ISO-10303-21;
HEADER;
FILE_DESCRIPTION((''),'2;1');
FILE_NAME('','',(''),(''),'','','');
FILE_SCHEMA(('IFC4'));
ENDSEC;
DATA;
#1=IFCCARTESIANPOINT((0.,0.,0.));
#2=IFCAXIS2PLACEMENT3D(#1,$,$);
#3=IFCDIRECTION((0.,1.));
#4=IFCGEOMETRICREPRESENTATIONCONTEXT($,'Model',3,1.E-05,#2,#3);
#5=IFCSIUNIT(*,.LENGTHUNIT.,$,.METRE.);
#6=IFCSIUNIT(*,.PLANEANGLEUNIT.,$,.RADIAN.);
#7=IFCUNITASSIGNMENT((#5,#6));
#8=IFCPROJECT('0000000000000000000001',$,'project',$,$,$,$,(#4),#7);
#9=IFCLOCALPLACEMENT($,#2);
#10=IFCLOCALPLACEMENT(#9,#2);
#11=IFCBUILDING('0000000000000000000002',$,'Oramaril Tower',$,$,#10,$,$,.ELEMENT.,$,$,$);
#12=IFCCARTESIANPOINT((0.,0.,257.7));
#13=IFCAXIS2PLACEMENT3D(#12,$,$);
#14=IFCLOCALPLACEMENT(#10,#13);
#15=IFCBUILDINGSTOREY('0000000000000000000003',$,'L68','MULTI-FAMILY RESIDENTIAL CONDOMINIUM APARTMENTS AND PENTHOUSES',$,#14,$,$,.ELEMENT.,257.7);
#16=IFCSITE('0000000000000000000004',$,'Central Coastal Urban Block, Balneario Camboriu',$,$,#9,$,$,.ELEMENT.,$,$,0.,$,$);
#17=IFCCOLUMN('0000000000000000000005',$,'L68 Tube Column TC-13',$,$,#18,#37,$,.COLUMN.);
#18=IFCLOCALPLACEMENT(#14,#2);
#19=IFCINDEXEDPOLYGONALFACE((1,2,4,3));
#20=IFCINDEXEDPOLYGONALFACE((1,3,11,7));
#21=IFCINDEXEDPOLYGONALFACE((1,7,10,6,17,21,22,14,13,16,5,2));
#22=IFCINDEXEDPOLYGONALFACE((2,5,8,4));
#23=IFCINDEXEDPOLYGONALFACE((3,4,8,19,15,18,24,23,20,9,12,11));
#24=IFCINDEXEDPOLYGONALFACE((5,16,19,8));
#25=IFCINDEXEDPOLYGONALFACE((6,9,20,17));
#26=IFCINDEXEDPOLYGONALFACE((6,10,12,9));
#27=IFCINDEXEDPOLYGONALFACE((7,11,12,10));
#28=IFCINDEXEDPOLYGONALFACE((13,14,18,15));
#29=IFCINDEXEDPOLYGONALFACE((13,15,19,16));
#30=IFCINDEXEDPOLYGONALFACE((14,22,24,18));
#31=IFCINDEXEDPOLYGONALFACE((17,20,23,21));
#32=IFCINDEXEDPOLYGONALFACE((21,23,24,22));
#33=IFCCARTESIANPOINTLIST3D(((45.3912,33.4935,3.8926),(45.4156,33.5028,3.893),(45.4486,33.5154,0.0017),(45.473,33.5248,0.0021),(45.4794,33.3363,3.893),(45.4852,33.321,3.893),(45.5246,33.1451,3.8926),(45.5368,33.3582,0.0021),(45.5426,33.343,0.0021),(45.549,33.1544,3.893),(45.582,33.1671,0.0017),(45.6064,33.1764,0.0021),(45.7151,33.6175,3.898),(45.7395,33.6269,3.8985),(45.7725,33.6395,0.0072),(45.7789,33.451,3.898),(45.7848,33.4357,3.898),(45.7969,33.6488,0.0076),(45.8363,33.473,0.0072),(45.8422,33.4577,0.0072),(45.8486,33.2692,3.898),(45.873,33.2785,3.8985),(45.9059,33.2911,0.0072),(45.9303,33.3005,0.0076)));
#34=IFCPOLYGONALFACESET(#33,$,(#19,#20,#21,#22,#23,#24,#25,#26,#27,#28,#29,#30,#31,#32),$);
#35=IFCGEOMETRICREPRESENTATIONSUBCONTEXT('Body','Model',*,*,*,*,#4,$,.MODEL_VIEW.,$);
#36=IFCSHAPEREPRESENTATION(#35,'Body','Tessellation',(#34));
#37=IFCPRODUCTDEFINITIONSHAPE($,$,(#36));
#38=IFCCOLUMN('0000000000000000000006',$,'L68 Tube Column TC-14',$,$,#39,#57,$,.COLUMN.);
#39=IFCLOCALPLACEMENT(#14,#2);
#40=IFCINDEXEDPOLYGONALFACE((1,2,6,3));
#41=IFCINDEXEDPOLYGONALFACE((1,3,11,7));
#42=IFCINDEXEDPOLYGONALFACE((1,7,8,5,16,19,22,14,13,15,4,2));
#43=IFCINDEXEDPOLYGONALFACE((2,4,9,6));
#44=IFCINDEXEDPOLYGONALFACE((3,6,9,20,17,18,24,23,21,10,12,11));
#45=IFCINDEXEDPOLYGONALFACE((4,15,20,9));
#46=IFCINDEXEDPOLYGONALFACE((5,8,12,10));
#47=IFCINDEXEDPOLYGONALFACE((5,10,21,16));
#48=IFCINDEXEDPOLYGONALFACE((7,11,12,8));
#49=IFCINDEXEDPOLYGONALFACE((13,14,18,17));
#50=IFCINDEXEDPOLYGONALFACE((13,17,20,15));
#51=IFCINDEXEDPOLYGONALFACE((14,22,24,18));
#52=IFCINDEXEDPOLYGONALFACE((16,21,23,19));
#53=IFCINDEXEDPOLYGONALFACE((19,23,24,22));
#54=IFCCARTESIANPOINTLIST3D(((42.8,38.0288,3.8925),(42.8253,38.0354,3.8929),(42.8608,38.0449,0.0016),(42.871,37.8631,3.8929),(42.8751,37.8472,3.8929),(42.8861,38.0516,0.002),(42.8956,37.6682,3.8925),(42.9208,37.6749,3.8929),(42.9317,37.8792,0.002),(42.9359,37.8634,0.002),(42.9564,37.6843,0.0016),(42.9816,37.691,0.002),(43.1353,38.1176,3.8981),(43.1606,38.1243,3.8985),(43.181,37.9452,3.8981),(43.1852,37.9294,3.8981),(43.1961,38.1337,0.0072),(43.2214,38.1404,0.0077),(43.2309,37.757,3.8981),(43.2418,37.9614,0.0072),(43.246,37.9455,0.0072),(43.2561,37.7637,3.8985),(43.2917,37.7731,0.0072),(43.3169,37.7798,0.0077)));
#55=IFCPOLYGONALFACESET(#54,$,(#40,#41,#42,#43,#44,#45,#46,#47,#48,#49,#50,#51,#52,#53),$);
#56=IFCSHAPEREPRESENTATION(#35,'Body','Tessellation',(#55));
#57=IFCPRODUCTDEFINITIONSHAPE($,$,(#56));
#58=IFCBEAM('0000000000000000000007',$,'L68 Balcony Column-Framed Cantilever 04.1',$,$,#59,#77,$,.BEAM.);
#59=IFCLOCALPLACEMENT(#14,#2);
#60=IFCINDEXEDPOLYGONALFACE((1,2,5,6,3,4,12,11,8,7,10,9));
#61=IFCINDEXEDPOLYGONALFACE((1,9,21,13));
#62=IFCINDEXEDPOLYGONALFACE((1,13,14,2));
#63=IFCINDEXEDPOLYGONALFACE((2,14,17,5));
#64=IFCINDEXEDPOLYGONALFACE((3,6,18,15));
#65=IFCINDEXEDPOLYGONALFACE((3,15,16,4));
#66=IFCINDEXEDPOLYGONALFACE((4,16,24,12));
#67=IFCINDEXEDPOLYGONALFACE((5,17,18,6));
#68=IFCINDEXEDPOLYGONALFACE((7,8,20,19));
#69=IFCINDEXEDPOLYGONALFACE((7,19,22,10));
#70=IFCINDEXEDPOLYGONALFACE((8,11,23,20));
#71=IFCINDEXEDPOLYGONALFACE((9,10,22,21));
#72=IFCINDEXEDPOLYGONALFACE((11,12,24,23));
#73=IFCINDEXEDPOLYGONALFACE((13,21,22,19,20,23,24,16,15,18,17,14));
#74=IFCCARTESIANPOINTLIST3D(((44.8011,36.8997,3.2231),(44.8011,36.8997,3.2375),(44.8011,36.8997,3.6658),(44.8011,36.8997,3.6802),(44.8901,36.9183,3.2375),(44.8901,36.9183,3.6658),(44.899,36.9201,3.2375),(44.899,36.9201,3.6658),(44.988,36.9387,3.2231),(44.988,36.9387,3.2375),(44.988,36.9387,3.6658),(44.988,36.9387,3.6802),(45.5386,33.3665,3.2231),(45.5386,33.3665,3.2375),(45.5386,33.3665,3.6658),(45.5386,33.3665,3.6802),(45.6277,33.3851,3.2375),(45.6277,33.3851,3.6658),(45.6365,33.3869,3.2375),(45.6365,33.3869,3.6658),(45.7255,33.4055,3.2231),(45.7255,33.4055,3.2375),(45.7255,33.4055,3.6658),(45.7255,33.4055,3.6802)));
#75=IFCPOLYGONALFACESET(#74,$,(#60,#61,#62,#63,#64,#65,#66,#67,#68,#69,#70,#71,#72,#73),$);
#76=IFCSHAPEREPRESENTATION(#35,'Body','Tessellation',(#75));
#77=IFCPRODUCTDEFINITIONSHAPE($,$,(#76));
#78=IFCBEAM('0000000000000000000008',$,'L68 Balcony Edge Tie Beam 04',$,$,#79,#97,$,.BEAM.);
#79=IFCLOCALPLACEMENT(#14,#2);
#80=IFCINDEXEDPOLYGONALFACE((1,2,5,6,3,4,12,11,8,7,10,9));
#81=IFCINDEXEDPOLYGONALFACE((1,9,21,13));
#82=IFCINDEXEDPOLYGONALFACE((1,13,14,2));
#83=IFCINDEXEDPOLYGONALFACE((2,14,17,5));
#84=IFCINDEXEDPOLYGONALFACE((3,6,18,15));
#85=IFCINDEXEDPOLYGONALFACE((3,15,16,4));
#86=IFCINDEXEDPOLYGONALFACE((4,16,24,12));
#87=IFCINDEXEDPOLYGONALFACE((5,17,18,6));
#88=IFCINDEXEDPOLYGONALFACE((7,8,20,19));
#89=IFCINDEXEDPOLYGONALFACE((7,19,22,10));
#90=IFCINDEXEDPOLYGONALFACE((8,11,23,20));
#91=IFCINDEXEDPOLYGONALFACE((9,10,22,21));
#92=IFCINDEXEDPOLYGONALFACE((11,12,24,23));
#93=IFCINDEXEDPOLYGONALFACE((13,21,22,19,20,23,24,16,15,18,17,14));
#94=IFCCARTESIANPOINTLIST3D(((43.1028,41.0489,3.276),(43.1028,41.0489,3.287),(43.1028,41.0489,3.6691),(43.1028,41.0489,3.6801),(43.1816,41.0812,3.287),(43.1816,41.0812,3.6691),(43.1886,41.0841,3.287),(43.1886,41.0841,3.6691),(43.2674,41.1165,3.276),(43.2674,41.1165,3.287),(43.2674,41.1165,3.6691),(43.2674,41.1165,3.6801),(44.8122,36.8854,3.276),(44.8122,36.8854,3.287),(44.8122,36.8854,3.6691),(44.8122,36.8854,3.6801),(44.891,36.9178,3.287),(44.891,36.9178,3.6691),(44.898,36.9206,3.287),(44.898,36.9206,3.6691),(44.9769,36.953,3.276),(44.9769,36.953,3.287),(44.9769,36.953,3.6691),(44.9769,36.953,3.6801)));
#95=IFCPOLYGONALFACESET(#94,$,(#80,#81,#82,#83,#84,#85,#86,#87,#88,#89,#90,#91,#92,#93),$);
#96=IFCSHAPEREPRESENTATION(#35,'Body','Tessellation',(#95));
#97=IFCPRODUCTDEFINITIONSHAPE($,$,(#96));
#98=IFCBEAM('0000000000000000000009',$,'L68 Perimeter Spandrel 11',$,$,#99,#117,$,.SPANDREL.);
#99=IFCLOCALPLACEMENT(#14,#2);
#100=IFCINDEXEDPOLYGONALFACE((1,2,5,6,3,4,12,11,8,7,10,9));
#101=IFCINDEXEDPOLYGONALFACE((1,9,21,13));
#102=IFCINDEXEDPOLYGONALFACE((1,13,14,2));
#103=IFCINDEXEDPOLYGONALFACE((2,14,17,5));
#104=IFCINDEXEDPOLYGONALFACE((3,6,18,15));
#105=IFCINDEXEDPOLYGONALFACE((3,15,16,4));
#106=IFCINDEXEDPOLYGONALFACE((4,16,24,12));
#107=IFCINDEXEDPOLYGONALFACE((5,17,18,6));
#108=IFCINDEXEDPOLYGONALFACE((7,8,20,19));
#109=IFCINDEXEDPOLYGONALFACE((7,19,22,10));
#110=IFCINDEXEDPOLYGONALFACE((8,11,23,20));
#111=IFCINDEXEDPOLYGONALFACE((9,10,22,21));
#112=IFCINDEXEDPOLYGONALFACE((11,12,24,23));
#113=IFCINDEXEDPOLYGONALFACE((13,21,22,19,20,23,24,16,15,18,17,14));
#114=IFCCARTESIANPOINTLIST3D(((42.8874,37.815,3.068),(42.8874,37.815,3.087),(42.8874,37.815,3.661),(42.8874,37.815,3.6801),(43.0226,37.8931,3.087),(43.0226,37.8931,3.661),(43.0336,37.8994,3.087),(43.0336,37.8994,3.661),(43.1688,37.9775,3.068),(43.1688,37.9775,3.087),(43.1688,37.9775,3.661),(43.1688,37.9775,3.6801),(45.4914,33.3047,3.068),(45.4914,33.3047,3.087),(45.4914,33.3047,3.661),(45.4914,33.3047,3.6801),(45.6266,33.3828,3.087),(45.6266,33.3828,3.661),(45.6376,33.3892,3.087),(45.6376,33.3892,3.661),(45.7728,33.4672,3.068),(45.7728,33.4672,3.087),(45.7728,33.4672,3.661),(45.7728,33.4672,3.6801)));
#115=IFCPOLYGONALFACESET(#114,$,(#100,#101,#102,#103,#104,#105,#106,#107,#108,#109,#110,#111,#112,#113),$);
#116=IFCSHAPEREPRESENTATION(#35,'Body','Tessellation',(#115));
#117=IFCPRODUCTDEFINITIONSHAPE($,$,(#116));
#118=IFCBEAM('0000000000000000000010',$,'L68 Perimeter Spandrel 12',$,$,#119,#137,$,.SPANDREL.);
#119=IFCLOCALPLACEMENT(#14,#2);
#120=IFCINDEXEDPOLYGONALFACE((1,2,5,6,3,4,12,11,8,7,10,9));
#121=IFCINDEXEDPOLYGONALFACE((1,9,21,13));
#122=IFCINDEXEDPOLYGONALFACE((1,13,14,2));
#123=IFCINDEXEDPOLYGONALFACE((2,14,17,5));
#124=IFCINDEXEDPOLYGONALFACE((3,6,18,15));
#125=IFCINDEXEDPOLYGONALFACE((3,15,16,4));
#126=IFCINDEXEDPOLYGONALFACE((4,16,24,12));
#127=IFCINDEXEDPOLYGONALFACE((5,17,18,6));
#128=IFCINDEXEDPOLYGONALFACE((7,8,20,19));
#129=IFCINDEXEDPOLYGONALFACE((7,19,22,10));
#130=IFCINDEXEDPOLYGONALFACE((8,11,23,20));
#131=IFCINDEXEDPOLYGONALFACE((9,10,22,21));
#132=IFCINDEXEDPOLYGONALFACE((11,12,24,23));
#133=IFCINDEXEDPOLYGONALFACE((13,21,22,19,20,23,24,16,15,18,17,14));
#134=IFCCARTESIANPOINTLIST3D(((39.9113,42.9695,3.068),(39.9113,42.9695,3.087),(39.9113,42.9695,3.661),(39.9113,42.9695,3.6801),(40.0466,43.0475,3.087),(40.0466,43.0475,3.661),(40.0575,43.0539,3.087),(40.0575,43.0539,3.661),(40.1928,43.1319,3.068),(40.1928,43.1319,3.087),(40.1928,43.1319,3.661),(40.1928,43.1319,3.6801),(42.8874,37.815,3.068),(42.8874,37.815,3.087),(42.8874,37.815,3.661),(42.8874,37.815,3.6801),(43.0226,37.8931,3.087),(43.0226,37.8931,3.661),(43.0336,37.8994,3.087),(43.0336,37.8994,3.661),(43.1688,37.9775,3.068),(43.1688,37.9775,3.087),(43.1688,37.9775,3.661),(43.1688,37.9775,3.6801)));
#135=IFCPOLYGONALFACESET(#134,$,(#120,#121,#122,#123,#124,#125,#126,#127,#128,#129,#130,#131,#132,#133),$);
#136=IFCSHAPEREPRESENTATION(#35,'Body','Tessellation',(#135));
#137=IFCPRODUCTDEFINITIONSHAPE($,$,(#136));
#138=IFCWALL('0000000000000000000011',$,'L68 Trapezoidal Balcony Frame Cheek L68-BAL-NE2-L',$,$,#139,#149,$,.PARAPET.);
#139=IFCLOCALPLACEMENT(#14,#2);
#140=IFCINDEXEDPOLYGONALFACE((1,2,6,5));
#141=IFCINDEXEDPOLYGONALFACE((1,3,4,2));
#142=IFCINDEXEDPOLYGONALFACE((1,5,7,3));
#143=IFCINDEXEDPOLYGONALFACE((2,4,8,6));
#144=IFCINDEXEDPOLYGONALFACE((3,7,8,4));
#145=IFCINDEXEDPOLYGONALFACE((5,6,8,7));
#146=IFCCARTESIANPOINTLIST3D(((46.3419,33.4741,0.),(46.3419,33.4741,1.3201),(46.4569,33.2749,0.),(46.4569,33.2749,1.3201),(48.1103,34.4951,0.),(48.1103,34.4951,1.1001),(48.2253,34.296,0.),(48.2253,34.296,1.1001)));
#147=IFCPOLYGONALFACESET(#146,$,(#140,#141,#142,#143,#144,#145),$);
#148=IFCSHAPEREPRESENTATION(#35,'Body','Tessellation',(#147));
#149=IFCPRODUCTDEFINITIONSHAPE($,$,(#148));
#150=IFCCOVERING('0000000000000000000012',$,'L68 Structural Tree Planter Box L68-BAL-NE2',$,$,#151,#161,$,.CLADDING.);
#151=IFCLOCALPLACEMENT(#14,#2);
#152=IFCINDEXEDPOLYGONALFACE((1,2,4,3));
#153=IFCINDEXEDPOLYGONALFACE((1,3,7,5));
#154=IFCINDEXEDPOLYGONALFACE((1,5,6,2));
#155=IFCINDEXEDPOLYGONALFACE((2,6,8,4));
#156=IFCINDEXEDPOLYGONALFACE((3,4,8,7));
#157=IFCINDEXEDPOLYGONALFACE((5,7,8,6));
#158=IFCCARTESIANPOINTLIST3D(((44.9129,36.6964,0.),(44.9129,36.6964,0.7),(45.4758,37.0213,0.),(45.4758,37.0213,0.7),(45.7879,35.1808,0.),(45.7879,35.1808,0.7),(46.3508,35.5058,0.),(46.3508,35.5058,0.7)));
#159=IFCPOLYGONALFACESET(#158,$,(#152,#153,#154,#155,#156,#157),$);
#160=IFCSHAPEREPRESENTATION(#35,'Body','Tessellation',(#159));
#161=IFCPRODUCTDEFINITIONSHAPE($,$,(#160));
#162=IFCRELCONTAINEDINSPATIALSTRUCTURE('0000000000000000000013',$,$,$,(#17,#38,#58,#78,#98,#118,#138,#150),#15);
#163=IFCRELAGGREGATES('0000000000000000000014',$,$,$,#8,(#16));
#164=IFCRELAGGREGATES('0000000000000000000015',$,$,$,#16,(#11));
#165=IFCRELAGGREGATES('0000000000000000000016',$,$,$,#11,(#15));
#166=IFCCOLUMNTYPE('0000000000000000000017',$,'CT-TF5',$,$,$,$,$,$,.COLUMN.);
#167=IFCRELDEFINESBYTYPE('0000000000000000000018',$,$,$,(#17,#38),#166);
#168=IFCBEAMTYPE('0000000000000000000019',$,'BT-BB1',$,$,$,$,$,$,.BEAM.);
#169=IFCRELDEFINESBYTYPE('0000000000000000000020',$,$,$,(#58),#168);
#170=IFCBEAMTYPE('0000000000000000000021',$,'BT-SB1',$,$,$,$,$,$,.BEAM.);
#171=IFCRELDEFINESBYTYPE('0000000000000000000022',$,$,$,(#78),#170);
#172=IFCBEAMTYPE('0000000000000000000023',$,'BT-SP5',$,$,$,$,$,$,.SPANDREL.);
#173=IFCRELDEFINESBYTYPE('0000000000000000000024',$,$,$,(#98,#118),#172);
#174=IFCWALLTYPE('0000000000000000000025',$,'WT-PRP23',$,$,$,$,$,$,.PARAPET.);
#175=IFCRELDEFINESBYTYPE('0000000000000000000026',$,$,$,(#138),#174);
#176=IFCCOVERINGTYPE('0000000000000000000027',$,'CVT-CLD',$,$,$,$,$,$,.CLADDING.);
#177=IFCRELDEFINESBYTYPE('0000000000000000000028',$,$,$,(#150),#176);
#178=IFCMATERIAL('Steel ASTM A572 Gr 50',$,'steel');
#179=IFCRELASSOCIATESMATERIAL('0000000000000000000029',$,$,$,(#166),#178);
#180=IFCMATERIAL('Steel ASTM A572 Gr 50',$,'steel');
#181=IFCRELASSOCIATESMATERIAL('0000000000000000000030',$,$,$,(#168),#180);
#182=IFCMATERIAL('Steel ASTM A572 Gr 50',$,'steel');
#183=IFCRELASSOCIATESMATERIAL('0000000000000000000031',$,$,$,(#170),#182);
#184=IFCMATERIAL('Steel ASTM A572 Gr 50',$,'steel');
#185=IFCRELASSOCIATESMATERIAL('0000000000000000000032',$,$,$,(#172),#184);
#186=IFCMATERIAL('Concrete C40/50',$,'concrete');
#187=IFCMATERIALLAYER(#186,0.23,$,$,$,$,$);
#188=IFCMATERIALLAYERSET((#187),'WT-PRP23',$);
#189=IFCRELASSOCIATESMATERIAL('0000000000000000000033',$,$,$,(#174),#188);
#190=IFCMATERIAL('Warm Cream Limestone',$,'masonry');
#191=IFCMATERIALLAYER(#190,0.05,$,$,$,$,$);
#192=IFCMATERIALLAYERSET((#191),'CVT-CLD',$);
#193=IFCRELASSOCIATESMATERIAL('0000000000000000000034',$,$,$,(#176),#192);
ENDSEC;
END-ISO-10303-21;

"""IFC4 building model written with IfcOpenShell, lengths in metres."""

from ifc_helpers import new_model, si_unit, direction, frame, origin, origin_2d, place, context, subcontext, project, spatial, polyline, rectangle, i_section, outline, extrude, material, layer, layer_set, material_profile, profile_set, type_object, element, save


model = new_model("IFC4")

# Units and contexts
model_context = context("Model", 3, precision=1e-05, world=origin(), true_north=direction((0.0, 1.0)))
body_context = subcontext(model_context, "Body", "Model", "MODEL_VIEW")
ifc_project = project(units=[si_unit("LENGTHUNIT", "METRE"), si_unit("PLANEANGLEUNIT", "RADIAN")], contexts=[model_context])

# Site, building, storey
site_placement = place(None, origin())
site = spatial("IfcSite", under=ifc_project, at=site_placement, Name="Central Coastal Urban Block, Balneario Camboriu", CompositionType="ELEMENT", RefElevation=0.0)
building_placement = place(site_placement, origin())
building = spatial("IfcBuilding", under=site, at=building_placement, Name="Oramaril Tower", CompositionType="ELEMENT")
storey_placement = place(building_placement, frame((0.0, 0.0, 257.7)))
storey = spatial("IfcBuildingStorey", under=building, at=storey_placement, Name="L68", Description="MULTI-FAMILY RESIDENTIAL CONDOMINIUM APARTMENTS AND PENTHOUSES", CompositionType="ELEMENT", Elevation=257.7)

# Columns
ifc_material_1 = material(Name="Steel ASTM A572 Gr 50", Category="steel")
ifc_material_profile_1 = material_profile(ifc_material_1, i_section(OverallWidth=0.373, OverallDepth=0.373, WebThickness=0.0164, FlangeThickness=0.0261, at=origin_2d()), Name="W14X132")
ifc_profile_set_1 = profile_set([ifc_material_profile_1], Name="Steel ASTM A572 Gr 50")
column_type = type_object("IfcColumnType", Name="CT-TF5", PredefinedType="COLUMN", material=ifc_profile_set_1)
for number, where, z_axis, x_axis, name in (
    (1, (45.6895, 33.408, 0.0046), (-0.014744, -0.005647, 0.999875), (0.357647, -0.933857, 0.0), "L68 Tube Column TC-13"),
    (2, (43.0889, 37.9124, 0.0046), (-0.015622, -0.004141, 0.999869), (0.256213, -0.96662, 0.0), "L68 Tube Column TC-14"),
):
    element("IfcColumn", number, at=place(storey_placement, frame(where, z_axis=z_axis, x_axis=x_axis)), inside=storey, type_object=column_type, Name=name, PredefinedType="COLUMN", context=body_context, shape_type="SweptSolid", body=[
        extrude(i_section(OverallWidth=0.373, OverallDepth=0.373, WebThickness=0.0164, FlangeThickness=0.0261, at=origin_2d()), origin(), (0.0, 0.0, 1.0), 3.8914),
    ])

# Beams
ifc_material_2 = material(Name="Steel ASTM A572 Gr 50", Category="steel")
ifc_material_profile_2 = material_profile(ifc_material_2, i_section(OverallWidth=0.1909, OverallDepth=0.457, WebThickness=0.009, FlangeThickness=0.0144, at=origin_2d()), Name="W18X50")
ifc_profile_set_2 = profile_set([ifc_material_profile_2], Name="Steel ASTM A572 Gr 50")
beam_type_1 = type_object("IfcBeamType", Name="BT-BB1", PredefinedType="BEAM", material=ifc_profile_set_2)
beam_1_placement = place(storey_placement, frame((45.6321, 33.386, 3.4517), z_axis=(-0.204343, 0.978899, 0.0), x_axis=(-0.978899, -0.204343, 0.0)))
element("IfcBeam", 3, at=beam_1_placement, inside=storey, type_object=beam_type_1, Name="L68 Balcony Column-Framed Cantilever 04.1", PredefinedType="BEAM", context=body_context, shape_type="SweptSolid", body=[
    extrude(i_section(OverallWidth=0.1909, OverallDepth=0.457, WebThickness=0.009, FlangeThickness=0.0144, at=origin_2d()), origin(), (0.0, 0.0, 1.0), 3.6094),
])
ifc_material_3 = material(Name="Steel ASTM A572 Gr 50", Category="steel")
ifc_material_profile_3 = material_profile(ifc_material_3, i_section(OverallWidth=0.178, OverallDepth=0.4041, WebThickness=0.0076, FlangeThickness=0.011, at=origin_2d()), Name="W16X36")
ifc_profile_set_3 = profile_set([ifc_material_profile_3], Name="Steel ASTM A572 Gr 50")
beam_type_2 = type_object("IfcBeamType", Name="BT-SB1", PredefinedType="BEAM", material=ifc_profile_set_3)
beam_2_placement = place(storey_placement, frame((44.8945, 36.9192, 3.478), z_axis=(-0.379811, 0.925064, 0.0), x_axis=(-0.925064, -0.379811, 0.0)))
element("IfcBeam", 4, at=beam_2_placement, inside=storey, type_object=beam_type_2, Name="L68 Balcony Edge Tie Beam 04", PredefinedType="BEAM", context=body_context, shape_type="SweptSolid", body=[
    extrude(i_section(OverallWidth=0.178, OverallDepth=0.4041, WebThickness=0.0076, FlangeThickness=0.011, at=origin_2d()), origin(), (0.0, 0.0, 1.0), 4.5007),
])
ifc_material_4 = material(Name="Steel ASTM A572 Gr 50", Category="steel")
ifc_material_profile_4 = material_profile(ifc_material_4, i_section(OverallWidth=0.325, OverallDepth=0.6121, WebThickness=0.0127, FlangeThickness=0.019, at=origin_2d()), Name="W24X104")
ifc_profile_set_4 = profile_set([ifc_material_profile_4], Name="Steel ASTM A572 Gr 50")
beam_type_3 = type_object("IfcBeamType", Name="BT-SP5", PredefinedType="SPANDREL", material=ifc_profile_set_4)
beam_3_placement = place(storey_placement, frame((45.6321, 33.386, 3.374), z_axis=(-0.500001, 0.866025, 0.0), x_axis=(-0.866025, -0.500001, 0.0)))
element("IfcBeam", 5, at=beam_3_placement, inside=storey, type_object=beam_type_3, Name="L68 Perimeter Spandrel 11", PredefinedType="SPANDREL", context=body_context, shape_type="SweptSolid", body=[
    extrude(i_section(OverallWidth=0.325, OverallDepth=0.6121, WebThickness=0.0127, FlangeThickness=0.019, at=origin_2d()), origin(), (0.0, 0.0, 1.0), 5.208),
])
beam_4_placement = place(storey_placement, frame((43.0281, 37.8962, 3.374), z_axis=(-0.500012, 0.866018, 0.0), x_axis=(-0.866018, -0.500012, 0.0)))
element("IfcBeam", 6, at=beam_4_placement, inside=storey, type_object=beam_type_3, Name="L68 Perimeter Spandrel 12", PredefinedType="SPANDREL", context=body_context, shape_type="SweptSolid", body=[
    extrude(i_section(OverallWidth=0.325, OverallDepth=0.6121, WebThickness=0.0127, FlangeThickness=0.019, at=origin_2d()), origin(), (0.0, 0.0, 1.0), 5.9519),
])

# Wall
ifc_material_5 = material(Name="Concrete C40/50", Category="concrete")
ifc_layer_1 = layer(ifc_material_5, 0.23)
ifc_layer_set_1 = layer_set([ifc_layer_1], Name="WT-PRP23")
wall_type = type_object("IfcWallType", Name="WT-PRP23", PredefinedType="PARAPET", material=ifc_layer_set_1)
wall_placement = place(storey_placement, frame((46.3994, 33.3745, 0.0), z_axis=(0.0, 0.0, 1.0), x_axis=(0.866012, 0.500023, 0.0)))
element("IfcWall", 7, at=wall_placement, inside=storey, type_object=wall_type, Name="L68 Trapezoidal Balcony Frame Cheek L68-BAL-NE2-L", PredefinedType="PARAPET", context=body_context, shape_type="SweptSolid", body=[
    extrude(outline(polyline([(0.0, 0.0), (2.042, 0.0), (2.042, 1.1001), (0.0, 1.3201), (0.0, 0.0)])), frame((0.0, 0.115, 0.0), z_axis=(0.0, -1.0, 0.0), x_axis=(1.0, 0.0, 0.0)), (0.0, 0.0, 1.0), 0.23),
])

# Covering
ifc_material_6 = material(Name="Warm Cream Limestone", Category="masonry")
ifc_layer_2 = layer(ifc_material_6, 0.05)
ifc_layer_set_2 = layer_set([ifc_layer_2], Name="CVT-CLD")
covering_type = type_object("IfcCoveringType", Name="CVT-CLD", PredefinedType="CLADDING", material=ifc_layer_set_2)
covering_placement = place(storey_placement, frame((45.6318, 36.1011, 0.0), z_axis=(0.0, 0.0, 1.0), x_axis=(-0.500002, 0.866025, 0.0)))
element("IfcCovering", 8, at=covering_placement, inside=storey, type_object=covering_type, Name="L68 Structural Tree Planter Box L68-BAL-NE2", PredefinedType="CLADDING", context=body_context, shape_type="SweptSolid", body=[
    extrude(rectangle(XDim=1.75, YDim=0.6499, at=origin_2d()), origin(), (0.0, 0.0, 1.0), 0.7),
])

save(model, "model.ifc")
